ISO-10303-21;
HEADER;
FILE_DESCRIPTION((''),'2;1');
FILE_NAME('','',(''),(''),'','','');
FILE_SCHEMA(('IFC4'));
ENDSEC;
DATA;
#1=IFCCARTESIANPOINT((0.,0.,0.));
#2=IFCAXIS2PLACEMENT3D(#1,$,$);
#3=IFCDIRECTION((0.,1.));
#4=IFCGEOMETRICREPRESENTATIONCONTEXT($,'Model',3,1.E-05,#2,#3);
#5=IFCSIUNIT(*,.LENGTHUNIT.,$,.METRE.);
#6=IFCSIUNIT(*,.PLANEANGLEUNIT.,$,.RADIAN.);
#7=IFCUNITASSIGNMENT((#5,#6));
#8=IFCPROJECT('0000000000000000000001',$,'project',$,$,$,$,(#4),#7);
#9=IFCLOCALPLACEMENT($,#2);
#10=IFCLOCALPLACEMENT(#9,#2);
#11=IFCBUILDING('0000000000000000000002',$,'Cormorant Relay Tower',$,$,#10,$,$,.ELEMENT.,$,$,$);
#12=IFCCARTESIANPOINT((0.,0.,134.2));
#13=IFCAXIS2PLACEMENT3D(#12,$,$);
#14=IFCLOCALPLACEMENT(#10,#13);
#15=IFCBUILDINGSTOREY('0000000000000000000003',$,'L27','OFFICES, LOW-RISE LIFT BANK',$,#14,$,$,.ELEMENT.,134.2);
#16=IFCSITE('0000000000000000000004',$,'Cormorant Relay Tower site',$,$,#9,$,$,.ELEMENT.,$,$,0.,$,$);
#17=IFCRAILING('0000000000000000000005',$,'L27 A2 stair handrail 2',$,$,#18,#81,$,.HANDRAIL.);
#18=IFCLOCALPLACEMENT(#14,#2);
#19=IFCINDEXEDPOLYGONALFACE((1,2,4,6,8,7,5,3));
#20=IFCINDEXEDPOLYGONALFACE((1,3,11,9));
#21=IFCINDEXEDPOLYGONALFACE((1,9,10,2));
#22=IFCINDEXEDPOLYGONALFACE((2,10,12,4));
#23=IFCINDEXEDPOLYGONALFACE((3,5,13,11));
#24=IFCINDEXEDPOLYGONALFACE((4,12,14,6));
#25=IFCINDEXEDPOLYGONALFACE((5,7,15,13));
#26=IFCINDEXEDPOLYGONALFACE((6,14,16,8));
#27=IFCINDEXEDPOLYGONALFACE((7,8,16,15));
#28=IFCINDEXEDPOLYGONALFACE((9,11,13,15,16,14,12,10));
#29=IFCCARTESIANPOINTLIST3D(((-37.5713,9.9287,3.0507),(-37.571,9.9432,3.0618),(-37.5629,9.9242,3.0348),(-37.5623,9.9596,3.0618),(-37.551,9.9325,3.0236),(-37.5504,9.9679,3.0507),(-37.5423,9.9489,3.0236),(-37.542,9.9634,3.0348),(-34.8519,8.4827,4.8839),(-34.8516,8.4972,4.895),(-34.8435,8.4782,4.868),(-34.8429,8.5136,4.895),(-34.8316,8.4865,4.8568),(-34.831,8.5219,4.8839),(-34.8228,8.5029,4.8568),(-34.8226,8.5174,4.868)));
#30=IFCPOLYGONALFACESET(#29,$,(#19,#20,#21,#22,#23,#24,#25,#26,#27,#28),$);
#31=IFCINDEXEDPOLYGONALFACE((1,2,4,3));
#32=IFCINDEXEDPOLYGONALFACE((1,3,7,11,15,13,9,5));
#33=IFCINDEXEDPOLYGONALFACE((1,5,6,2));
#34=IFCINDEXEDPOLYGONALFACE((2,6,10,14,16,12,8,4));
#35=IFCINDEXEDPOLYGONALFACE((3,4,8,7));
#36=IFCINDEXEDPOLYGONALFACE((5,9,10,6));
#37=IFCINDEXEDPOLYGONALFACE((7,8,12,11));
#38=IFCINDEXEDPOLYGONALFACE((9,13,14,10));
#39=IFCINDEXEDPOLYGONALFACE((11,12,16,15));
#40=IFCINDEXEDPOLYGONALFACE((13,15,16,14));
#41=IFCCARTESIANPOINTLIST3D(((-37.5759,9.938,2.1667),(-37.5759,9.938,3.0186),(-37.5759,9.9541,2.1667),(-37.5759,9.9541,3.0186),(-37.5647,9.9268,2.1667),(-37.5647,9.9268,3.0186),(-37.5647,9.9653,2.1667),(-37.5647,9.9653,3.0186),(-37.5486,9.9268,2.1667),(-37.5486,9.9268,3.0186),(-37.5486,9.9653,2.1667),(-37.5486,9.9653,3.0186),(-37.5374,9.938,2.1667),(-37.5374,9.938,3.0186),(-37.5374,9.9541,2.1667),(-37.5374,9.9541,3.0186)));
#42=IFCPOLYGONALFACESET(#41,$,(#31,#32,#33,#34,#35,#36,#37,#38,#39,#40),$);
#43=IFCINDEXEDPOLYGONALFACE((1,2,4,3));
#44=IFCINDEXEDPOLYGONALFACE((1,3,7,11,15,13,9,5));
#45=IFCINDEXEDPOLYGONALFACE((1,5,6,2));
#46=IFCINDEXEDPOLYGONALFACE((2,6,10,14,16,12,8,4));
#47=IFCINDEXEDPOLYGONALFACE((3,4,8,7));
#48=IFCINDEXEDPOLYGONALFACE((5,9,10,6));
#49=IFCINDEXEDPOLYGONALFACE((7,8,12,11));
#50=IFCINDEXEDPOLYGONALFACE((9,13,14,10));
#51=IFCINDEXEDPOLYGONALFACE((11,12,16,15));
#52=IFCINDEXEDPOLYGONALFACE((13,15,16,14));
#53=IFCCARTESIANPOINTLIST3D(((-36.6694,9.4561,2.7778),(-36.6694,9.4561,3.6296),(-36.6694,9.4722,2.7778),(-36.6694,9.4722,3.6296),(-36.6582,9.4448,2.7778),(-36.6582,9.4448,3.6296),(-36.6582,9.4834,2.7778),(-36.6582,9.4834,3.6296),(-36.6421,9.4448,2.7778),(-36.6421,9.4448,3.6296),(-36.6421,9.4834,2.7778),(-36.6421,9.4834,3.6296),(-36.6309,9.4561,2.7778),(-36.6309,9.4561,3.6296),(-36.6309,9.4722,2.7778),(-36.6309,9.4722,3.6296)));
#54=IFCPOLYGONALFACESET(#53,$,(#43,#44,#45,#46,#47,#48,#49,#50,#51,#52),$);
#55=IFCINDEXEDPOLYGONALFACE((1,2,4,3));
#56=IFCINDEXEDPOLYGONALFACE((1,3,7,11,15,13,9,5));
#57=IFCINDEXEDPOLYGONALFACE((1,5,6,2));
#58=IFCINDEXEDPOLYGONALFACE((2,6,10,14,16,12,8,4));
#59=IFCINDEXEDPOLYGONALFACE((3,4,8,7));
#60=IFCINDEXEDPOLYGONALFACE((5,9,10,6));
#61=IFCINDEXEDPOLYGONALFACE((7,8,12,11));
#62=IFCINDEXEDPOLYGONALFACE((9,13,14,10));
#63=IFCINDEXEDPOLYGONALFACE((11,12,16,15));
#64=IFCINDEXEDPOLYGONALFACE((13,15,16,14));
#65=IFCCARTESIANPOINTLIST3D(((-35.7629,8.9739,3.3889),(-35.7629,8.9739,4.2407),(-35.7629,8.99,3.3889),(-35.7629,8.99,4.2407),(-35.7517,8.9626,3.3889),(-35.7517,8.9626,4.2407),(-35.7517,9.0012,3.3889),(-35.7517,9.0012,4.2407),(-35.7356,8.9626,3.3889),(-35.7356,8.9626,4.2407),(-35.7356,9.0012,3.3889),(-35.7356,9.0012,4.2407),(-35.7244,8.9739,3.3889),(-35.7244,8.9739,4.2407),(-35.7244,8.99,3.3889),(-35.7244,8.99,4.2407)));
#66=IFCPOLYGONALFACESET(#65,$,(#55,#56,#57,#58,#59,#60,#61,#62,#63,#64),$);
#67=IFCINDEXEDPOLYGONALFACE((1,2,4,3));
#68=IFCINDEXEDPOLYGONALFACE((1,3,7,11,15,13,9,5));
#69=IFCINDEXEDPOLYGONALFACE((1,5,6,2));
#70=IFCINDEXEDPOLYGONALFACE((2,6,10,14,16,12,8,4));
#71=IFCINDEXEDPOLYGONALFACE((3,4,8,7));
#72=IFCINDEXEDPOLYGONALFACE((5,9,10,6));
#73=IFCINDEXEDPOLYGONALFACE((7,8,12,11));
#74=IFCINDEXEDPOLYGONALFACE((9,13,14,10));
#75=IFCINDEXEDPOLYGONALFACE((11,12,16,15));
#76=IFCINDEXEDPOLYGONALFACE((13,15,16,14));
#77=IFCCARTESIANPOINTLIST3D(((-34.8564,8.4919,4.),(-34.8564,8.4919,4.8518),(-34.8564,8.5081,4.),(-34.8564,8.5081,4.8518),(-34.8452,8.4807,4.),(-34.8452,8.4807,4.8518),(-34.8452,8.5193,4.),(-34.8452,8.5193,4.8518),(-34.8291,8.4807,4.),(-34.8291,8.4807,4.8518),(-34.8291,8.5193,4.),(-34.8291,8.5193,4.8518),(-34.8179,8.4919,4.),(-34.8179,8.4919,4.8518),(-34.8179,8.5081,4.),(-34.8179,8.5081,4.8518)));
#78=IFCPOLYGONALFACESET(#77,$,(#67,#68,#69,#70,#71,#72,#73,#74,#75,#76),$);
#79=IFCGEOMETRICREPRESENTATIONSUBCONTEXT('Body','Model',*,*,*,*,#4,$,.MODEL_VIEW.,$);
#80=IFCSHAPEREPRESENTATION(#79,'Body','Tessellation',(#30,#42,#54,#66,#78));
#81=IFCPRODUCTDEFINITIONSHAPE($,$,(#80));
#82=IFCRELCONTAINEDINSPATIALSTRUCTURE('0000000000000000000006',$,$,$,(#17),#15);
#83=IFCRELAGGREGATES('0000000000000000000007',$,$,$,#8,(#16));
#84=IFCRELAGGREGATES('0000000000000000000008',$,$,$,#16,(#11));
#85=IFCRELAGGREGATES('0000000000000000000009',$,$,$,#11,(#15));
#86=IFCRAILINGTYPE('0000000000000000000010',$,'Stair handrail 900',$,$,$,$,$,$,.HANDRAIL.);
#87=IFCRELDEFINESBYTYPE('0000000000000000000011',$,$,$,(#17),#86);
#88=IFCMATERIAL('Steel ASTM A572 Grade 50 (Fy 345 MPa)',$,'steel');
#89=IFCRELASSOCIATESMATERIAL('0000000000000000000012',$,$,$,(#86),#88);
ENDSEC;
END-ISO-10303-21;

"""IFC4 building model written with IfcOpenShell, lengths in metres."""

from ifc_helpers import new_model, si_unit, direction, frame, origin, place, context, subcontext, project, spatial, polyline, outline, extrude, material, type_object, element, save


model = new_model("IFC4")

# Units and contexts
model_context = context("Model", 3, precision=1e-05, world=origin(), true_north=direction((0.0, 1.0)))
body_context = subcontext(model_context, "Body", "Model", "MODEL_VIEW")
ifc_project = project(units=[si_unit("LENGTHUNIT", "METRE"), si_unit("PLANEANGLEUNIT", "RADIAN")], contexts=[model_context])

# Site, building, storey
site_placement = place(None, origin())
site = spatial("IfcSite", under=ifc_project, at=site_placement, Name="Cormorant Relay Tower site", CompositionType="ELEMENT", RefElevation=0.0)
building_placement = place(site_placement, origin())
building = spatial("IfcBuilding", under=site, at=building_placement, Name="Cormorant Relay Tower", CompositionType="ELEMENT")
storey_placement = place(building_placement, frame((0.0, 0.0, 134.2)))
storey = spatial("IfcBuildingStorey", under=building, at=storey_placement, Name="L27", Description="OFFICES, LOW-RISE LIFT BANK", CompositionType="ELEMENT", Elevation=134.2)

# Railing
ifc_material_1 = material(Name="Steel ASTM A572 Grade 50 (Fy 345 MPa)", Category="steel")
railing_type_1 = type_object("IfcRailingType", Name="Stair handrail 900", PredefinedType="HANDRAIL", material=ifc_material_1)
railing_1_placement = place(storey_placement, frame((-37.5566, 9.946, 2.1667)))
element("IfcRailing", 1, at=railing_1_placement, inside=storey, type_object=railing_type_1, Name="L27 A2 stair handrail 2", PredefinedType="HANDRAIL", context=body_context, shape_type="SweptSolid", body=[
    extrude(outline(polyline([(0.0222, 0.0093), (0.0093, 0.0222), (-0.0093, 0.0222), (-0.0222, 0.0093), (-0.0222, -0.0093), (-0.0093, -0.0222), (0.0093, -0.0222), (0.0222, -0.0093), (0.0222, 0.0093)])), frame((0.0, 0.0, 0.876), z_axis=(0.758714, -0.403435, 0.511463), x_axis=(0.469489, 0.882938, 0.0)), (0.0, 0.0, 1.0), 3.5842),
    extrude(outline(polyline([(0.0193, 0.0081), (0.0081, 0.0193), (-0.0081, 0.0193), (-0.0193, 0.0081), (-0.0193, -0.0081), (-0.0081, -0.0193), (0.0081, -0.0193), (0.0193, -0.0081), (0.0193, 0.0081)])), origin(), (0.0, 0.0, 1.0), 0.8518),
    extrude(outline(polyline([(0.0193, 0.0081), (0.0081, 0.0193), (-0.0081, 0.0193), (-0.0193, 0.0081), (-0.0193, -0.0081), (-0.0081, -0.0193), (0.0081, -0.0193), (0.0193, -0.0081), (0.0193, 0.0081)])), frame((0.9065, -0.4819, 0.6111)), (0.0, 0.0, 1.0), 0.8518),
    extrude(outline(polyline([(0.0193, 0.0081), (0.0081, 0.0193), (-0.0081, 0.0193), (-0.0193, 0.0081), (-0.0193, -0.0081), (-0.0081, -0.0193), (0.0081, -0.0193), (0.0193, -0.0081), (0.0193, 0.0081)])), frame((1.813, -0.9641, 1.2222)), (0.0, 0.0, 1.0), 0.8518),
    extrude(outline(polyline([(0.0193, 0.0081), (0.0081, 0.0193), (-0.0081, 0.0193), (-0.0193, 0.0081), (-0.0193, -0.0081), (-0.0081, -0.0193), (0.0081, -0.0193), (0.0193, -0.0081), (0.0193, 0.0081)])), frame((2.7195, -1.446, 1.8333)), (0.0, 0.0, 1.0), 0.8518),
])

save(model, "model.ifc")
